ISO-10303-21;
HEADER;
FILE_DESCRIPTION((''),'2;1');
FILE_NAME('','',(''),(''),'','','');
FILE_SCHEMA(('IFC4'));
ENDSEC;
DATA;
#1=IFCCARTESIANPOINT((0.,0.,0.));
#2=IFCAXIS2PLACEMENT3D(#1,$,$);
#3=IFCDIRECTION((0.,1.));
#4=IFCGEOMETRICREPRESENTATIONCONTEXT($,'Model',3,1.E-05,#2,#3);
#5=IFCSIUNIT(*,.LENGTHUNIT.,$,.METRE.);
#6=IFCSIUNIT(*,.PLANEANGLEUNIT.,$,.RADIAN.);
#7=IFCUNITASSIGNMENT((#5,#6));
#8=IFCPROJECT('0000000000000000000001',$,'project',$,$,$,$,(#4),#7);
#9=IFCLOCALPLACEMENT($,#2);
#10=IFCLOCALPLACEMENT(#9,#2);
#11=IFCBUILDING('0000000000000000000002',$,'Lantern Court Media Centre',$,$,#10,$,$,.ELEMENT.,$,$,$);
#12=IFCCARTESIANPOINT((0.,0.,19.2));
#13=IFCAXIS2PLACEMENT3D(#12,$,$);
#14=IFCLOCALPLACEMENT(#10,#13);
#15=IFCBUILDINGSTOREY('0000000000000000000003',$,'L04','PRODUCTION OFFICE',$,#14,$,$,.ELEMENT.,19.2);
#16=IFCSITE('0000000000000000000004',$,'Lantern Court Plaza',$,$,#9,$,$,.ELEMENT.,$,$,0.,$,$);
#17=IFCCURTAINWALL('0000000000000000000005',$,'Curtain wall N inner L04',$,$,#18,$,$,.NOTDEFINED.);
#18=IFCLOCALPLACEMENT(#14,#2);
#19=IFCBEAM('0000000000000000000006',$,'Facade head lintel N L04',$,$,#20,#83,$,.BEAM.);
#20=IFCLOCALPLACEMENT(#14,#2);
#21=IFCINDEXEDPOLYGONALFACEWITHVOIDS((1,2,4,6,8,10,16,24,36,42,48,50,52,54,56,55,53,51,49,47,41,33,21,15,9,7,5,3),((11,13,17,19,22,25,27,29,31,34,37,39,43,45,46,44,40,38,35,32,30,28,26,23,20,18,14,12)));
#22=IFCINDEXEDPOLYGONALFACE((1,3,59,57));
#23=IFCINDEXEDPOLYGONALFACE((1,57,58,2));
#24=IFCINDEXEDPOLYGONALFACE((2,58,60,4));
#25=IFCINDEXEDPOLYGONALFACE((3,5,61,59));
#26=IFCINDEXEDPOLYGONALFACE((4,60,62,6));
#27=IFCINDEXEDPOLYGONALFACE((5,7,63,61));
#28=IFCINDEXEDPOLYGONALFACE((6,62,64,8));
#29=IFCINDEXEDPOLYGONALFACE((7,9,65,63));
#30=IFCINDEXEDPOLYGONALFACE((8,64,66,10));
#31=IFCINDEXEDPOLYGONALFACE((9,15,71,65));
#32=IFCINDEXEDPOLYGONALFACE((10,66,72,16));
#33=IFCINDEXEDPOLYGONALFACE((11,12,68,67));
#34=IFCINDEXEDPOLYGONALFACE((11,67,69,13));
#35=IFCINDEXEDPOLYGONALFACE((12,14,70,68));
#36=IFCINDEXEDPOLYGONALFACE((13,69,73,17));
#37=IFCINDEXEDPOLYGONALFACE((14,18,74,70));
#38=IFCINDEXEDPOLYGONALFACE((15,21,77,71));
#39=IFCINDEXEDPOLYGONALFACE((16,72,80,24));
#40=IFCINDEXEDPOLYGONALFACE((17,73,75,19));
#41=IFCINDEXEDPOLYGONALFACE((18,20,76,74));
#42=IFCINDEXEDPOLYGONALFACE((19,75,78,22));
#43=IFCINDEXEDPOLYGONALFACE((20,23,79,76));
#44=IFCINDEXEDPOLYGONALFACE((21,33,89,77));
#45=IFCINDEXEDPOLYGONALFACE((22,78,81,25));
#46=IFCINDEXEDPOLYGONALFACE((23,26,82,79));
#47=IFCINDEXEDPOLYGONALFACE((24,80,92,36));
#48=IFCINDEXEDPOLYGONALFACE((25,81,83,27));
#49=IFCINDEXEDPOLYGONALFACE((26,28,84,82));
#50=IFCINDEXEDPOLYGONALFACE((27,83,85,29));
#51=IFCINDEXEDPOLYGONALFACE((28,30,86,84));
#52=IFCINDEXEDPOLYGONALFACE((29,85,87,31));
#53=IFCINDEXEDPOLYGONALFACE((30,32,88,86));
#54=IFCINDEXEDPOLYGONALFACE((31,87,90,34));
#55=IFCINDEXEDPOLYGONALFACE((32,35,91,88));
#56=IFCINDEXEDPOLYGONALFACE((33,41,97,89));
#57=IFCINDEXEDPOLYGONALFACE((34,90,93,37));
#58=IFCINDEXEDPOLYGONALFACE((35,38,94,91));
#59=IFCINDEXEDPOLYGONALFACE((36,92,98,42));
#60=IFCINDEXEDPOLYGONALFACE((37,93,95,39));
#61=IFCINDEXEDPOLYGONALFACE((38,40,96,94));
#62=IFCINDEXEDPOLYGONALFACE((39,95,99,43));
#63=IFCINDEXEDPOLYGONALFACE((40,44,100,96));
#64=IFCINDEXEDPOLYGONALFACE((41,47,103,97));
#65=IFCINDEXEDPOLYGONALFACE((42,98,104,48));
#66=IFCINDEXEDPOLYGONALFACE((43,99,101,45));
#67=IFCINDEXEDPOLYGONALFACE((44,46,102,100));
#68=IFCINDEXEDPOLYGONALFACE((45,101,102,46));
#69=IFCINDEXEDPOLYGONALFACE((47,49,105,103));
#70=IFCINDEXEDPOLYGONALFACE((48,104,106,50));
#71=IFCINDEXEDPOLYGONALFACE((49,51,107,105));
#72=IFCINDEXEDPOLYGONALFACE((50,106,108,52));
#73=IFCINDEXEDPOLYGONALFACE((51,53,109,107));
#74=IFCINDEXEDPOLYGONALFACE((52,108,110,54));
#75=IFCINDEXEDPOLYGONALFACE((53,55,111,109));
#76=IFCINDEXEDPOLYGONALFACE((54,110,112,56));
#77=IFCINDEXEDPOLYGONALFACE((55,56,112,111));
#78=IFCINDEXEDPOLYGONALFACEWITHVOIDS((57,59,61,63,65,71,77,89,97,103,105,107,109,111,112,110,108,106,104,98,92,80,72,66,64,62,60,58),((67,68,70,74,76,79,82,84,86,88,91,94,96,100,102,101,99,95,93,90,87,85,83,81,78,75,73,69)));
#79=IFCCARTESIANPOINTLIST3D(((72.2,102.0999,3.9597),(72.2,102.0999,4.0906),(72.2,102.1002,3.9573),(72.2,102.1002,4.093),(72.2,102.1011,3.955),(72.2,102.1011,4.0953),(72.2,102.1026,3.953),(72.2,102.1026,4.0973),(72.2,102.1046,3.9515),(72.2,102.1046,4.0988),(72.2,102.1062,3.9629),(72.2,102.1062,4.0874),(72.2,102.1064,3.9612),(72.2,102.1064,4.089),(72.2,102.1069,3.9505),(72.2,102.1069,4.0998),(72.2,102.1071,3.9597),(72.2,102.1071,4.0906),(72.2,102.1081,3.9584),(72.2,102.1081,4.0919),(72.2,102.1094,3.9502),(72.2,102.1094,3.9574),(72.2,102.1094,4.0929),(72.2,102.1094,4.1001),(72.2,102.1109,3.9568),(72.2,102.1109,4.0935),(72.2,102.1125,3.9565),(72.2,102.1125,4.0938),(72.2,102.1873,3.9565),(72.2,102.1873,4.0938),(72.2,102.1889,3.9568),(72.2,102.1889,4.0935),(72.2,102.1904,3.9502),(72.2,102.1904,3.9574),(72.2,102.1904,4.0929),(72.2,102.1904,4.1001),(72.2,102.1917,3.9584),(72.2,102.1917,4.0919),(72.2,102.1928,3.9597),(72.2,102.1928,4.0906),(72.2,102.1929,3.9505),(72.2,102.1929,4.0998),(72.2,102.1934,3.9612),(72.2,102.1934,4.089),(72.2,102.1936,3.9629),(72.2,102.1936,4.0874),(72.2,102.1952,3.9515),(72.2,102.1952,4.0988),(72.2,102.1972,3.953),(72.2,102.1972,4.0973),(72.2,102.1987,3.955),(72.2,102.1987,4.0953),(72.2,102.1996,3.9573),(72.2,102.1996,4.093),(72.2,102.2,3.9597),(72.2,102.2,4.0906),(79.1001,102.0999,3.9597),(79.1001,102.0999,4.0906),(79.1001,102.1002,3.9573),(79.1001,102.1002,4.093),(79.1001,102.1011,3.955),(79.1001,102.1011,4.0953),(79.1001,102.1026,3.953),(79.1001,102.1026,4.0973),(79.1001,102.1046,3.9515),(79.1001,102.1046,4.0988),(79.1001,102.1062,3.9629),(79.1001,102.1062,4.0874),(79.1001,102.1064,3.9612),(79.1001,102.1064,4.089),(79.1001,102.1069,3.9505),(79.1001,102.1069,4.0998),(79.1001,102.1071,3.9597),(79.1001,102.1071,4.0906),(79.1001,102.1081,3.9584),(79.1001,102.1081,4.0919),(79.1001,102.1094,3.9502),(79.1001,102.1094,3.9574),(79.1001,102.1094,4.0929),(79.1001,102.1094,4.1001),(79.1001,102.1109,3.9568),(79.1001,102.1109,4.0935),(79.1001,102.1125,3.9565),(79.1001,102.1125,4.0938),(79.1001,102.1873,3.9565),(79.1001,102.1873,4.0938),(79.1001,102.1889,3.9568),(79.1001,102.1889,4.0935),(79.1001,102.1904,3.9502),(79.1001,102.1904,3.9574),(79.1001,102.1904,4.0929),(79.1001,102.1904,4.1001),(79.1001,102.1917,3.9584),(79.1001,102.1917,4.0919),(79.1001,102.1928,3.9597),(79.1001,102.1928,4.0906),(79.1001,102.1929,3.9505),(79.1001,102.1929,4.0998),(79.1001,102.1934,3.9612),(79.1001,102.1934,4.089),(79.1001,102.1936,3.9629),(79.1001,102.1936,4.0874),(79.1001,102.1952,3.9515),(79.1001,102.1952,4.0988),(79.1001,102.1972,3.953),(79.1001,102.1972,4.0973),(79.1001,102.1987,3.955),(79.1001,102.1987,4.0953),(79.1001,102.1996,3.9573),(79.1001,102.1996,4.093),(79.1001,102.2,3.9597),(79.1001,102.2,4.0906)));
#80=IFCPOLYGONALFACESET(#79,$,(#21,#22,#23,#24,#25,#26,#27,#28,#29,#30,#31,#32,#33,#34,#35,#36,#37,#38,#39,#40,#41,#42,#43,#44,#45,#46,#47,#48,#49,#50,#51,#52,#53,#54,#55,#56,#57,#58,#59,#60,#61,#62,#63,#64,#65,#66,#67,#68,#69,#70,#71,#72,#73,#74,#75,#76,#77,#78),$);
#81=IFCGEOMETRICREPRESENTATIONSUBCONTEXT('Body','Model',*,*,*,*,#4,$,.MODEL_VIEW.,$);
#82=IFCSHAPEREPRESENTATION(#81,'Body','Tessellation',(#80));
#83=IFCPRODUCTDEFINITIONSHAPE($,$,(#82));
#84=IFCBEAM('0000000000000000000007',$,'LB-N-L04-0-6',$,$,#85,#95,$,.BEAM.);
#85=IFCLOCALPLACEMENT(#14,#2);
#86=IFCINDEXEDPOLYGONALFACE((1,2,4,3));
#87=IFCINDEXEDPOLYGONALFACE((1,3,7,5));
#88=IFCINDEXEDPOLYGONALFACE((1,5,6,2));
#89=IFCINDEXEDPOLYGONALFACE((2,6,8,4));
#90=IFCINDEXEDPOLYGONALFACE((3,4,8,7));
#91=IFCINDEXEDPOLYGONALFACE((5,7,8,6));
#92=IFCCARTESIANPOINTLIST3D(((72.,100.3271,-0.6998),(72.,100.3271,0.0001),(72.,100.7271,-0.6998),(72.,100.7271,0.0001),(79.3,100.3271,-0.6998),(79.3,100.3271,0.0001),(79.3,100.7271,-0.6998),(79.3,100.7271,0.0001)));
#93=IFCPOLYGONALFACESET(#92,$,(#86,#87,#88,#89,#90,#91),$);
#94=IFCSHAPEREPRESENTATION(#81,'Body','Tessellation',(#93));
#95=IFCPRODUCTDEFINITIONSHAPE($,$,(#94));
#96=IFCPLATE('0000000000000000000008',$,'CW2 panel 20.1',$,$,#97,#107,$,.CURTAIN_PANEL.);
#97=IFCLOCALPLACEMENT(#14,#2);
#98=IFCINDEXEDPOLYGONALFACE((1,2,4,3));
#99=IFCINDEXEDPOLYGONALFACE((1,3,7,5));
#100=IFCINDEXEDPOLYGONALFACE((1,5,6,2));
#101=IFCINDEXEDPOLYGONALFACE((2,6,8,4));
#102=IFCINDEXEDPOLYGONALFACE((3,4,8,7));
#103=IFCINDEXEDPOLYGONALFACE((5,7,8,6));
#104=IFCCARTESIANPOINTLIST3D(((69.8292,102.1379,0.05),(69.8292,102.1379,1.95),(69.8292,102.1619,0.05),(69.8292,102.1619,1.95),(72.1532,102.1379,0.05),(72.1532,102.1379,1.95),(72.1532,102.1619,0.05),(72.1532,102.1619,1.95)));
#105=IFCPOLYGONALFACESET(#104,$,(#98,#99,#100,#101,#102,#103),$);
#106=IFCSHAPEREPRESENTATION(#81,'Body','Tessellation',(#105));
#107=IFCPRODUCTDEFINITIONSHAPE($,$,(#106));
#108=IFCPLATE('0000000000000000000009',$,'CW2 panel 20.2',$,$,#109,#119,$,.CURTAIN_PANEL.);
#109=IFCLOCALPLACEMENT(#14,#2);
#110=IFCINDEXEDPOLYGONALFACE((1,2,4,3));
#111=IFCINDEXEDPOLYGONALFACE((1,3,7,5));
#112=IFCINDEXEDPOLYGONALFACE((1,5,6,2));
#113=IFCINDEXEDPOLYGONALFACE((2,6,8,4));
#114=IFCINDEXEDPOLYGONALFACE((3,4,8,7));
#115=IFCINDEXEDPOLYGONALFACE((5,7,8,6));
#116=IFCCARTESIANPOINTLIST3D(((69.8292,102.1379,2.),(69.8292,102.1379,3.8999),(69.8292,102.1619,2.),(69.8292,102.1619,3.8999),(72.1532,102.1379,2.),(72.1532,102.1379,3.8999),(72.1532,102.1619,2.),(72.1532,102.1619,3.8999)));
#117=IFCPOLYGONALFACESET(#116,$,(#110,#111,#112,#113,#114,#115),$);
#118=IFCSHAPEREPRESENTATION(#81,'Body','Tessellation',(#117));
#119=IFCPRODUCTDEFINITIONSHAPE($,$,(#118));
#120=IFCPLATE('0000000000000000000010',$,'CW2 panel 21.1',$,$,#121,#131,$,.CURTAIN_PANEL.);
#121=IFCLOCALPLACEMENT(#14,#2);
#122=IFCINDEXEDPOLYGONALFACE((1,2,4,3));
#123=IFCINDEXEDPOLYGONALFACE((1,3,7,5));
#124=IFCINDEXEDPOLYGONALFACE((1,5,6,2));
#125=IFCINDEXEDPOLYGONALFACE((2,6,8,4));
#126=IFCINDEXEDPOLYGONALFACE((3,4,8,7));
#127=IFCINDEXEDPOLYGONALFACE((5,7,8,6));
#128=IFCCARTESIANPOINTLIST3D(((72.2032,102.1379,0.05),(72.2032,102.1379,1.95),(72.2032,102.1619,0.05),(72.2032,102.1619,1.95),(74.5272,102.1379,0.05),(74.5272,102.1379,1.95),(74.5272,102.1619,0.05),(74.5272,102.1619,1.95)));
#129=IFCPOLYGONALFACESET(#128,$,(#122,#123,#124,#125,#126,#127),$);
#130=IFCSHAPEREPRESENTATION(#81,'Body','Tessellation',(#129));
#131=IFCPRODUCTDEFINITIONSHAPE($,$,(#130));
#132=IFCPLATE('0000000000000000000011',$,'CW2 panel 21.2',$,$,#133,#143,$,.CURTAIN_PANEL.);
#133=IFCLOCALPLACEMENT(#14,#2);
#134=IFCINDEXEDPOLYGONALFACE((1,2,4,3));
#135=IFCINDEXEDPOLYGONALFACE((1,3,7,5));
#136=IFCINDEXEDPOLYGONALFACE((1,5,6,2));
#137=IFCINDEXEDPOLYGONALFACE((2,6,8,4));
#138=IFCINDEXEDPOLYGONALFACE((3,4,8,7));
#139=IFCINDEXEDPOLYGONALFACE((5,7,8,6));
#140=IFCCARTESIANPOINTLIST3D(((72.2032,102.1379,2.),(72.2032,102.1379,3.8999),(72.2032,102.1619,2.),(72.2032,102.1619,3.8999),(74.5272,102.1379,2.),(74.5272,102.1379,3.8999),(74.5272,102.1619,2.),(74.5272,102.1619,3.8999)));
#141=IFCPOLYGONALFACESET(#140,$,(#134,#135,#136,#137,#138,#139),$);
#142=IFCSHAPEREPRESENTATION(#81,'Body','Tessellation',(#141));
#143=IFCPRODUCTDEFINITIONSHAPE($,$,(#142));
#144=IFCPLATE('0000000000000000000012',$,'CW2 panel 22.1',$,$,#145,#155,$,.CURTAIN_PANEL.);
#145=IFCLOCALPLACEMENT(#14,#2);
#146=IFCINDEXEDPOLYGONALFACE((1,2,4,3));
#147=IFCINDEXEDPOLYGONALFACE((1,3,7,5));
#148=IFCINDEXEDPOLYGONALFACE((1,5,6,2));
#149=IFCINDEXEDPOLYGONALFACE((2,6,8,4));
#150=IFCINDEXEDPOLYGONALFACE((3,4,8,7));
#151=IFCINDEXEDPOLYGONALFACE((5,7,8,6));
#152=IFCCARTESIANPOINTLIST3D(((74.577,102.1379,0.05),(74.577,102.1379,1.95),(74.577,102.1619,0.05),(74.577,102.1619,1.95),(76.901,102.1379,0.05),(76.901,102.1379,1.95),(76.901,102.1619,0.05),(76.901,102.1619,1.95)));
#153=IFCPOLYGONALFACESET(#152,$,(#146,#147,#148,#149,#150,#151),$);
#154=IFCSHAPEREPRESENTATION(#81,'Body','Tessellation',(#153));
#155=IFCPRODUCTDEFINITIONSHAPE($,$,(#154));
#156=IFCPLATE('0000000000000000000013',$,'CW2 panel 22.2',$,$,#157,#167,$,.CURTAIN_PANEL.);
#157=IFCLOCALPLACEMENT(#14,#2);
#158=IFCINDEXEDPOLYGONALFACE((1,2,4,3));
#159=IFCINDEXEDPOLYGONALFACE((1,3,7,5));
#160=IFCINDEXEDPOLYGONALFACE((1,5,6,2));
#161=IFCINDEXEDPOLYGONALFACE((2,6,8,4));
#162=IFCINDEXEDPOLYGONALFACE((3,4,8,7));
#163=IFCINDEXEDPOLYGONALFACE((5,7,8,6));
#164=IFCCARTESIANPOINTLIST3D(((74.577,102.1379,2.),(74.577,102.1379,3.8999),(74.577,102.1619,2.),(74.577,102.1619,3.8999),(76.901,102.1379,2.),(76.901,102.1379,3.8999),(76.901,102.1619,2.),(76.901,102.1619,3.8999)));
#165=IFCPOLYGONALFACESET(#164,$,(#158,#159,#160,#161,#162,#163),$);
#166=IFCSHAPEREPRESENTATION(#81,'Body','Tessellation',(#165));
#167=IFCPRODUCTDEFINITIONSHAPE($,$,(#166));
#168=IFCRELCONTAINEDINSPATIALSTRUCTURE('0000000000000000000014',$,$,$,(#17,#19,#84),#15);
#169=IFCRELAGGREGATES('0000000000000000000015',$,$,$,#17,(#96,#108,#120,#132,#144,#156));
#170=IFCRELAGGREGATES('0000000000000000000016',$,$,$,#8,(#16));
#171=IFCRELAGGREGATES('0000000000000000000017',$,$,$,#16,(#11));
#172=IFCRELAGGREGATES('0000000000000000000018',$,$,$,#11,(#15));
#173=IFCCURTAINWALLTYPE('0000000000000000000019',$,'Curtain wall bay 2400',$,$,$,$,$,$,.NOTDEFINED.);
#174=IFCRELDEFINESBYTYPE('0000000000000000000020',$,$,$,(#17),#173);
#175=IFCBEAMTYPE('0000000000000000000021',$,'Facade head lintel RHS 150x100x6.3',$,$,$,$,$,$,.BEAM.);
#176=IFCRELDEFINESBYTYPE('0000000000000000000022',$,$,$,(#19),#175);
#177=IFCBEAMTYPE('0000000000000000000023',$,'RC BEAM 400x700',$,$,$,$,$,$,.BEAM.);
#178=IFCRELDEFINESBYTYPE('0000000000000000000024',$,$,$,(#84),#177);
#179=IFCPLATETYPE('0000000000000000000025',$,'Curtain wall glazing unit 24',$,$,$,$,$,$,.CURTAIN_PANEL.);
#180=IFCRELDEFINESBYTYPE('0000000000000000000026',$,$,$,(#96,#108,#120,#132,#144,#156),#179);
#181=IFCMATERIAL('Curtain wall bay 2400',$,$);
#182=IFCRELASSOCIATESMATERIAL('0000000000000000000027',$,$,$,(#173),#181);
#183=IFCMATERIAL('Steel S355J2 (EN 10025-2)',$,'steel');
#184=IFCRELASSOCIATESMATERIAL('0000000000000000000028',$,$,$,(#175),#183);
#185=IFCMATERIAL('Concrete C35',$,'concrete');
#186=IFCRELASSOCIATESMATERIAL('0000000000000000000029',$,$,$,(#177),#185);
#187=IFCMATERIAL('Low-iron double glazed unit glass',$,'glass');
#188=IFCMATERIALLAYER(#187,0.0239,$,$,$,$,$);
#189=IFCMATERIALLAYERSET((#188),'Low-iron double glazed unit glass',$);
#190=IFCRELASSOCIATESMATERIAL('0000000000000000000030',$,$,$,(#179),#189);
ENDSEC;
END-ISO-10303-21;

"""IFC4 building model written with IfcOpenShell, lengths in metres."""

from ifc_helpers import new_model, si_unit, direction, frame, origin, origin_2d, place, context, subcontext, project, spatial, rectangle, hollow_rectangle, extrude, material, layer, layer_set, material_profile, profile_set, type_object, element, aggregate, save


model = new_model("IFC4")

# Units and contexts
model_context = context("Model", 3, precision=1e-05, world=origin(), true_north=direction((0.0, 1.0)))
body_context = subcontext(model_context, "Body", "Model", "MODEL_VIEW")
ifc_project = project(units=[si_unit("LENGTHUNIT", "METRE"), si_unit("PLANEANGLEUNIT", "RADIAN")], contexts=[model_context])

# Site, building, storey
site_placement = place(None, origin())
site = spatial("IfcSite", under=ifc_project, at=site_placement, Name="Lantern Court Plaza", CompositionType="ELEMENT", RefElevation=0.0)
building_placement = place(site_placement, origin())
building = spatial("IfcBuilding", under=site, at=building_placement, Name="Lantern Court Media Centre", CompositionType="ELEMENT")
storey_placement = place(building_placement, frame((0.0, 0.0, 19.2)))
storey = spatial("IfcBuildingStorey", under=building, at=storey_placement, Name="L04", Description="PRODUCTION OFFICE", CompositionType="ELEMENT", Elevation=19.2)

# Shared definitions
ifc_material_1 = material(Name="Concrete C35", Category="concrete")

# Curtain wall
ifc_material_2 = material(Name="Curtain wall bay 2400")
curtain_wall_type = type_object("IfcCurtainWallType", Name="Curtain wall bay 2400", PredefinedType="NOTDEFINED", material=ifc_material_2)
curtain_wall_placement = place(storey_placement, origin())
curtain_wall = element("IfcCurtainWall", 1, at=curtain_wall_placement, inside=storey, type_object=curtain_wall_type, Name="Curtain wall N inner L04", PredefinedType="NOTDEFINED")

# Beams
ifc_material_3 = material(Name="Steel S355J2 (EN 10025-2)", Category="steel")
ifc_material_profile_1 = material_profile(ifc_material_3, hollow_rectangle(XDim=0.1001, YDim=0.1499, WallThickness=0.0063, InnerFilletRadius=0.0063, OuterFilletRadius=0.0095, at=origin_2d()), Name="Facade head lintel RHS 150x100x6.3")
ifc_profile_set_1 = profile_set([ifc_material_profile_1], Name="Steel S355J2 (EN 10025-2)")
beam_type_1 = type_object("IfcBeamType", Name="Facade head lintel RHS 150x100x6.3", PredefinedType="BEAM", material=ifc_profile_set_1)
beam_1_placement = place(storey_placement, frame((72.2, 102.1499, 4.0251), z_axis=(1.0, 0.0, 0.0), x_axis=(0.0, 1.0, 0.0)))
element("IfcBeam", 2, at=beam_1_placement, inside=storey, type_object=beam_type_1, Name="Facade head lintel N L04", PredefinedType="BEAM", context=body_context, shape_type="SweptSolid", body=[
    extrude(hollow_rectangle(XDim=0.1001, YDim=0.1499, WallThickness=0.0063, InnerFilletRadius=0.0063, OuterFilletRadius=0.0095, at=origin_2d()), origin(), (0.0, 0.0, 1.0), 6.9001),
])
ifc_material_profile_2 = material_profile(ifc_material_1, rectangle(XDim=0.3999, YDim=0.7, at=origin_2d()), Name="RC 400x700")
ifc_profile_set_2 = profile_set([ifc_material_profile_2], Name="Concrete C35")
beam_type_2 = type_object("IfcBeamType", Name="RC BEAM 400x700", PredefinedType="BEAM", material=ifc_profile_set_2)
beam_2_placement = place(storey_placement, frame((72.0, 100.5271, -0.3499), z_axis=(1.0, 0.0, 0.0), x_axis=(0.0, 1.0, 0.0)))
element("IfcBeam", 3, at=beam_2_placement, inside=storey, type_object=beam_type_2, Name="LB-N-L04-0-6", PredefinedType="BEAM", context=body_context, shape_type="SweptSolid", body=[
    extrude(rectangle(XDim=0.3999, YDim=0.7, at=origin_2d()), origin(), (0.0, 0.0, 1.0), 7.3),
])

# Plates
ifc_material_4 = material(Name="Low-iron double glazed unit glass", Category="glass")
ifc_layer_1 = layer(ifc_material_4, 0.0239)
ifc_layer_set_1 = layer_set([ifc_layer_1], Name="Low-iron double glazed unit glass")
plate_type = type_object("IfcPlateType", Name="Curtain wall glazing unit 24", PredefinedType="CURTAIN_PANEL", material=ifc_layer_set_1)
plate_1_placement = place(storey_placement, frame((70.9912, 102.1499, 0.05), z_axis=(0.0, 0.0, 1.0), x_axis=(1.0, 0.0, 0.0)))
plate_1 = element("IfcPlate", 4, at=plate_1_placement, type_object=plate_type, Name="CW2 panel 20.1", PredefinedType="CURTAIN_PANEL", context=body_context, shape_type="SweptSolid", body=[
    extrude(rectangle(XDim=2.324, YDim=0.0239, at=origin_2d()), origin(), (0.0, 0.0, 1.0), 1.8999),
])
plate_2_placement = place(storey_placement, frame((70.9912, 102.1499, 2.0), z_axis=(0.0, 0.0, 1.0), x_axis=(1.0, 0.0, 0.0)))
plate_2 = element("IfcPlate", 5, at=plate_2_placement, type_object=plate_type, Name="CW2 panel 20.2", PredefinedType="CURTAIN_PANEL", context=body_context, shape_type="SweptSolid", body=[
    extrude(rectangle(XDim=2.324, YDim=0.0239, at=origin_2d()), origin(), (0.0, 0.0, 1.0), 1.8999),
])
plate_3_placement = place(storey_placement, frame((73.3652, 102.1499, 0.05), z_axis=(0.0, 0.0, 1.0), x_axis=(1.0, 0.0, 0.0)))
plate_3 = element("IfcPlate", 6, at=plate_3_placement, type_object=plate_type, Name="CW2 panel 21.1", PredefinedType="CURTAIN_PANEL", context=body_context, shape_type="SweptSolid", body=[
    extrude(rectangle(XDim=2.324, YDim=0.0239, at=origin_2d()), origin(), (0.0, 0.0, 1.0), 1.8999),
])
plate_4_placement = place(storey_placement, frame((73.3652, 102.1499, 2.0), z_axis=(0.0, 0.0, 1.0), x_axis=(1.0, 0.0, 0.0)))
plate_4 = element("IfcPlate", 7, at=plate_4_placement, type_object=plate_type, Name="CW2 panel 21.2", PredefinedType="CURTAIN_PANEL", context=body_context, shape_type="SweptSolid", body=[
    extrude(rectangle(XDim=2.324, YDim=0.0239, at=origin_2d()), origin(), (0.0, 0.0, 1.0), 1.8999),
])
plate_5_placement = place(storey_placement, frame((75.739, 102.1499, 0.05), z_axis=(0.0, 0.0, 1.0), x_axis=(1.0, 0.0, 0.0)))
plate_5 = element("IfcPlate", 8, at=plate_5_placement, type_object=plate_type, Name="CW2 panel 22.1", PredefinedType="CURTAIN_PANEL", context=body_context, shape_type="SweptSolid", body=[
    extrude(rectangle(XDim=2.324, YDim=0.0239, at=origin_2d()), origin(), (0.0, 0.0, 1.0), 1.8999),
])
plate_6_placement = place(storey_placement, frame((75.739, 102.1499, 2.0), z_axis=(0.0, 0.0, 1.0), x_axis=(1.0, 0.0, 0.0)))
plate_6 = element("IfcPlate", 9, at=plate_6_placement, type_object=plate_type, Name="CW2 panel 22.2", PredefinedType="CURTAIN_PANEL", context=body_context, shape_type="SweptSolid", body=[
    extrude(rectangle(XDim=2.324, YDim=0.0239, at=origin_2d()), origin(), (0.0, 0.0, 1.0), 1.8999),
])
aggregate(curtain_wall, [plate_1, plate_2, plate_3, plate_4, plate_5, plate_6])

save(model, "model.ifc")
